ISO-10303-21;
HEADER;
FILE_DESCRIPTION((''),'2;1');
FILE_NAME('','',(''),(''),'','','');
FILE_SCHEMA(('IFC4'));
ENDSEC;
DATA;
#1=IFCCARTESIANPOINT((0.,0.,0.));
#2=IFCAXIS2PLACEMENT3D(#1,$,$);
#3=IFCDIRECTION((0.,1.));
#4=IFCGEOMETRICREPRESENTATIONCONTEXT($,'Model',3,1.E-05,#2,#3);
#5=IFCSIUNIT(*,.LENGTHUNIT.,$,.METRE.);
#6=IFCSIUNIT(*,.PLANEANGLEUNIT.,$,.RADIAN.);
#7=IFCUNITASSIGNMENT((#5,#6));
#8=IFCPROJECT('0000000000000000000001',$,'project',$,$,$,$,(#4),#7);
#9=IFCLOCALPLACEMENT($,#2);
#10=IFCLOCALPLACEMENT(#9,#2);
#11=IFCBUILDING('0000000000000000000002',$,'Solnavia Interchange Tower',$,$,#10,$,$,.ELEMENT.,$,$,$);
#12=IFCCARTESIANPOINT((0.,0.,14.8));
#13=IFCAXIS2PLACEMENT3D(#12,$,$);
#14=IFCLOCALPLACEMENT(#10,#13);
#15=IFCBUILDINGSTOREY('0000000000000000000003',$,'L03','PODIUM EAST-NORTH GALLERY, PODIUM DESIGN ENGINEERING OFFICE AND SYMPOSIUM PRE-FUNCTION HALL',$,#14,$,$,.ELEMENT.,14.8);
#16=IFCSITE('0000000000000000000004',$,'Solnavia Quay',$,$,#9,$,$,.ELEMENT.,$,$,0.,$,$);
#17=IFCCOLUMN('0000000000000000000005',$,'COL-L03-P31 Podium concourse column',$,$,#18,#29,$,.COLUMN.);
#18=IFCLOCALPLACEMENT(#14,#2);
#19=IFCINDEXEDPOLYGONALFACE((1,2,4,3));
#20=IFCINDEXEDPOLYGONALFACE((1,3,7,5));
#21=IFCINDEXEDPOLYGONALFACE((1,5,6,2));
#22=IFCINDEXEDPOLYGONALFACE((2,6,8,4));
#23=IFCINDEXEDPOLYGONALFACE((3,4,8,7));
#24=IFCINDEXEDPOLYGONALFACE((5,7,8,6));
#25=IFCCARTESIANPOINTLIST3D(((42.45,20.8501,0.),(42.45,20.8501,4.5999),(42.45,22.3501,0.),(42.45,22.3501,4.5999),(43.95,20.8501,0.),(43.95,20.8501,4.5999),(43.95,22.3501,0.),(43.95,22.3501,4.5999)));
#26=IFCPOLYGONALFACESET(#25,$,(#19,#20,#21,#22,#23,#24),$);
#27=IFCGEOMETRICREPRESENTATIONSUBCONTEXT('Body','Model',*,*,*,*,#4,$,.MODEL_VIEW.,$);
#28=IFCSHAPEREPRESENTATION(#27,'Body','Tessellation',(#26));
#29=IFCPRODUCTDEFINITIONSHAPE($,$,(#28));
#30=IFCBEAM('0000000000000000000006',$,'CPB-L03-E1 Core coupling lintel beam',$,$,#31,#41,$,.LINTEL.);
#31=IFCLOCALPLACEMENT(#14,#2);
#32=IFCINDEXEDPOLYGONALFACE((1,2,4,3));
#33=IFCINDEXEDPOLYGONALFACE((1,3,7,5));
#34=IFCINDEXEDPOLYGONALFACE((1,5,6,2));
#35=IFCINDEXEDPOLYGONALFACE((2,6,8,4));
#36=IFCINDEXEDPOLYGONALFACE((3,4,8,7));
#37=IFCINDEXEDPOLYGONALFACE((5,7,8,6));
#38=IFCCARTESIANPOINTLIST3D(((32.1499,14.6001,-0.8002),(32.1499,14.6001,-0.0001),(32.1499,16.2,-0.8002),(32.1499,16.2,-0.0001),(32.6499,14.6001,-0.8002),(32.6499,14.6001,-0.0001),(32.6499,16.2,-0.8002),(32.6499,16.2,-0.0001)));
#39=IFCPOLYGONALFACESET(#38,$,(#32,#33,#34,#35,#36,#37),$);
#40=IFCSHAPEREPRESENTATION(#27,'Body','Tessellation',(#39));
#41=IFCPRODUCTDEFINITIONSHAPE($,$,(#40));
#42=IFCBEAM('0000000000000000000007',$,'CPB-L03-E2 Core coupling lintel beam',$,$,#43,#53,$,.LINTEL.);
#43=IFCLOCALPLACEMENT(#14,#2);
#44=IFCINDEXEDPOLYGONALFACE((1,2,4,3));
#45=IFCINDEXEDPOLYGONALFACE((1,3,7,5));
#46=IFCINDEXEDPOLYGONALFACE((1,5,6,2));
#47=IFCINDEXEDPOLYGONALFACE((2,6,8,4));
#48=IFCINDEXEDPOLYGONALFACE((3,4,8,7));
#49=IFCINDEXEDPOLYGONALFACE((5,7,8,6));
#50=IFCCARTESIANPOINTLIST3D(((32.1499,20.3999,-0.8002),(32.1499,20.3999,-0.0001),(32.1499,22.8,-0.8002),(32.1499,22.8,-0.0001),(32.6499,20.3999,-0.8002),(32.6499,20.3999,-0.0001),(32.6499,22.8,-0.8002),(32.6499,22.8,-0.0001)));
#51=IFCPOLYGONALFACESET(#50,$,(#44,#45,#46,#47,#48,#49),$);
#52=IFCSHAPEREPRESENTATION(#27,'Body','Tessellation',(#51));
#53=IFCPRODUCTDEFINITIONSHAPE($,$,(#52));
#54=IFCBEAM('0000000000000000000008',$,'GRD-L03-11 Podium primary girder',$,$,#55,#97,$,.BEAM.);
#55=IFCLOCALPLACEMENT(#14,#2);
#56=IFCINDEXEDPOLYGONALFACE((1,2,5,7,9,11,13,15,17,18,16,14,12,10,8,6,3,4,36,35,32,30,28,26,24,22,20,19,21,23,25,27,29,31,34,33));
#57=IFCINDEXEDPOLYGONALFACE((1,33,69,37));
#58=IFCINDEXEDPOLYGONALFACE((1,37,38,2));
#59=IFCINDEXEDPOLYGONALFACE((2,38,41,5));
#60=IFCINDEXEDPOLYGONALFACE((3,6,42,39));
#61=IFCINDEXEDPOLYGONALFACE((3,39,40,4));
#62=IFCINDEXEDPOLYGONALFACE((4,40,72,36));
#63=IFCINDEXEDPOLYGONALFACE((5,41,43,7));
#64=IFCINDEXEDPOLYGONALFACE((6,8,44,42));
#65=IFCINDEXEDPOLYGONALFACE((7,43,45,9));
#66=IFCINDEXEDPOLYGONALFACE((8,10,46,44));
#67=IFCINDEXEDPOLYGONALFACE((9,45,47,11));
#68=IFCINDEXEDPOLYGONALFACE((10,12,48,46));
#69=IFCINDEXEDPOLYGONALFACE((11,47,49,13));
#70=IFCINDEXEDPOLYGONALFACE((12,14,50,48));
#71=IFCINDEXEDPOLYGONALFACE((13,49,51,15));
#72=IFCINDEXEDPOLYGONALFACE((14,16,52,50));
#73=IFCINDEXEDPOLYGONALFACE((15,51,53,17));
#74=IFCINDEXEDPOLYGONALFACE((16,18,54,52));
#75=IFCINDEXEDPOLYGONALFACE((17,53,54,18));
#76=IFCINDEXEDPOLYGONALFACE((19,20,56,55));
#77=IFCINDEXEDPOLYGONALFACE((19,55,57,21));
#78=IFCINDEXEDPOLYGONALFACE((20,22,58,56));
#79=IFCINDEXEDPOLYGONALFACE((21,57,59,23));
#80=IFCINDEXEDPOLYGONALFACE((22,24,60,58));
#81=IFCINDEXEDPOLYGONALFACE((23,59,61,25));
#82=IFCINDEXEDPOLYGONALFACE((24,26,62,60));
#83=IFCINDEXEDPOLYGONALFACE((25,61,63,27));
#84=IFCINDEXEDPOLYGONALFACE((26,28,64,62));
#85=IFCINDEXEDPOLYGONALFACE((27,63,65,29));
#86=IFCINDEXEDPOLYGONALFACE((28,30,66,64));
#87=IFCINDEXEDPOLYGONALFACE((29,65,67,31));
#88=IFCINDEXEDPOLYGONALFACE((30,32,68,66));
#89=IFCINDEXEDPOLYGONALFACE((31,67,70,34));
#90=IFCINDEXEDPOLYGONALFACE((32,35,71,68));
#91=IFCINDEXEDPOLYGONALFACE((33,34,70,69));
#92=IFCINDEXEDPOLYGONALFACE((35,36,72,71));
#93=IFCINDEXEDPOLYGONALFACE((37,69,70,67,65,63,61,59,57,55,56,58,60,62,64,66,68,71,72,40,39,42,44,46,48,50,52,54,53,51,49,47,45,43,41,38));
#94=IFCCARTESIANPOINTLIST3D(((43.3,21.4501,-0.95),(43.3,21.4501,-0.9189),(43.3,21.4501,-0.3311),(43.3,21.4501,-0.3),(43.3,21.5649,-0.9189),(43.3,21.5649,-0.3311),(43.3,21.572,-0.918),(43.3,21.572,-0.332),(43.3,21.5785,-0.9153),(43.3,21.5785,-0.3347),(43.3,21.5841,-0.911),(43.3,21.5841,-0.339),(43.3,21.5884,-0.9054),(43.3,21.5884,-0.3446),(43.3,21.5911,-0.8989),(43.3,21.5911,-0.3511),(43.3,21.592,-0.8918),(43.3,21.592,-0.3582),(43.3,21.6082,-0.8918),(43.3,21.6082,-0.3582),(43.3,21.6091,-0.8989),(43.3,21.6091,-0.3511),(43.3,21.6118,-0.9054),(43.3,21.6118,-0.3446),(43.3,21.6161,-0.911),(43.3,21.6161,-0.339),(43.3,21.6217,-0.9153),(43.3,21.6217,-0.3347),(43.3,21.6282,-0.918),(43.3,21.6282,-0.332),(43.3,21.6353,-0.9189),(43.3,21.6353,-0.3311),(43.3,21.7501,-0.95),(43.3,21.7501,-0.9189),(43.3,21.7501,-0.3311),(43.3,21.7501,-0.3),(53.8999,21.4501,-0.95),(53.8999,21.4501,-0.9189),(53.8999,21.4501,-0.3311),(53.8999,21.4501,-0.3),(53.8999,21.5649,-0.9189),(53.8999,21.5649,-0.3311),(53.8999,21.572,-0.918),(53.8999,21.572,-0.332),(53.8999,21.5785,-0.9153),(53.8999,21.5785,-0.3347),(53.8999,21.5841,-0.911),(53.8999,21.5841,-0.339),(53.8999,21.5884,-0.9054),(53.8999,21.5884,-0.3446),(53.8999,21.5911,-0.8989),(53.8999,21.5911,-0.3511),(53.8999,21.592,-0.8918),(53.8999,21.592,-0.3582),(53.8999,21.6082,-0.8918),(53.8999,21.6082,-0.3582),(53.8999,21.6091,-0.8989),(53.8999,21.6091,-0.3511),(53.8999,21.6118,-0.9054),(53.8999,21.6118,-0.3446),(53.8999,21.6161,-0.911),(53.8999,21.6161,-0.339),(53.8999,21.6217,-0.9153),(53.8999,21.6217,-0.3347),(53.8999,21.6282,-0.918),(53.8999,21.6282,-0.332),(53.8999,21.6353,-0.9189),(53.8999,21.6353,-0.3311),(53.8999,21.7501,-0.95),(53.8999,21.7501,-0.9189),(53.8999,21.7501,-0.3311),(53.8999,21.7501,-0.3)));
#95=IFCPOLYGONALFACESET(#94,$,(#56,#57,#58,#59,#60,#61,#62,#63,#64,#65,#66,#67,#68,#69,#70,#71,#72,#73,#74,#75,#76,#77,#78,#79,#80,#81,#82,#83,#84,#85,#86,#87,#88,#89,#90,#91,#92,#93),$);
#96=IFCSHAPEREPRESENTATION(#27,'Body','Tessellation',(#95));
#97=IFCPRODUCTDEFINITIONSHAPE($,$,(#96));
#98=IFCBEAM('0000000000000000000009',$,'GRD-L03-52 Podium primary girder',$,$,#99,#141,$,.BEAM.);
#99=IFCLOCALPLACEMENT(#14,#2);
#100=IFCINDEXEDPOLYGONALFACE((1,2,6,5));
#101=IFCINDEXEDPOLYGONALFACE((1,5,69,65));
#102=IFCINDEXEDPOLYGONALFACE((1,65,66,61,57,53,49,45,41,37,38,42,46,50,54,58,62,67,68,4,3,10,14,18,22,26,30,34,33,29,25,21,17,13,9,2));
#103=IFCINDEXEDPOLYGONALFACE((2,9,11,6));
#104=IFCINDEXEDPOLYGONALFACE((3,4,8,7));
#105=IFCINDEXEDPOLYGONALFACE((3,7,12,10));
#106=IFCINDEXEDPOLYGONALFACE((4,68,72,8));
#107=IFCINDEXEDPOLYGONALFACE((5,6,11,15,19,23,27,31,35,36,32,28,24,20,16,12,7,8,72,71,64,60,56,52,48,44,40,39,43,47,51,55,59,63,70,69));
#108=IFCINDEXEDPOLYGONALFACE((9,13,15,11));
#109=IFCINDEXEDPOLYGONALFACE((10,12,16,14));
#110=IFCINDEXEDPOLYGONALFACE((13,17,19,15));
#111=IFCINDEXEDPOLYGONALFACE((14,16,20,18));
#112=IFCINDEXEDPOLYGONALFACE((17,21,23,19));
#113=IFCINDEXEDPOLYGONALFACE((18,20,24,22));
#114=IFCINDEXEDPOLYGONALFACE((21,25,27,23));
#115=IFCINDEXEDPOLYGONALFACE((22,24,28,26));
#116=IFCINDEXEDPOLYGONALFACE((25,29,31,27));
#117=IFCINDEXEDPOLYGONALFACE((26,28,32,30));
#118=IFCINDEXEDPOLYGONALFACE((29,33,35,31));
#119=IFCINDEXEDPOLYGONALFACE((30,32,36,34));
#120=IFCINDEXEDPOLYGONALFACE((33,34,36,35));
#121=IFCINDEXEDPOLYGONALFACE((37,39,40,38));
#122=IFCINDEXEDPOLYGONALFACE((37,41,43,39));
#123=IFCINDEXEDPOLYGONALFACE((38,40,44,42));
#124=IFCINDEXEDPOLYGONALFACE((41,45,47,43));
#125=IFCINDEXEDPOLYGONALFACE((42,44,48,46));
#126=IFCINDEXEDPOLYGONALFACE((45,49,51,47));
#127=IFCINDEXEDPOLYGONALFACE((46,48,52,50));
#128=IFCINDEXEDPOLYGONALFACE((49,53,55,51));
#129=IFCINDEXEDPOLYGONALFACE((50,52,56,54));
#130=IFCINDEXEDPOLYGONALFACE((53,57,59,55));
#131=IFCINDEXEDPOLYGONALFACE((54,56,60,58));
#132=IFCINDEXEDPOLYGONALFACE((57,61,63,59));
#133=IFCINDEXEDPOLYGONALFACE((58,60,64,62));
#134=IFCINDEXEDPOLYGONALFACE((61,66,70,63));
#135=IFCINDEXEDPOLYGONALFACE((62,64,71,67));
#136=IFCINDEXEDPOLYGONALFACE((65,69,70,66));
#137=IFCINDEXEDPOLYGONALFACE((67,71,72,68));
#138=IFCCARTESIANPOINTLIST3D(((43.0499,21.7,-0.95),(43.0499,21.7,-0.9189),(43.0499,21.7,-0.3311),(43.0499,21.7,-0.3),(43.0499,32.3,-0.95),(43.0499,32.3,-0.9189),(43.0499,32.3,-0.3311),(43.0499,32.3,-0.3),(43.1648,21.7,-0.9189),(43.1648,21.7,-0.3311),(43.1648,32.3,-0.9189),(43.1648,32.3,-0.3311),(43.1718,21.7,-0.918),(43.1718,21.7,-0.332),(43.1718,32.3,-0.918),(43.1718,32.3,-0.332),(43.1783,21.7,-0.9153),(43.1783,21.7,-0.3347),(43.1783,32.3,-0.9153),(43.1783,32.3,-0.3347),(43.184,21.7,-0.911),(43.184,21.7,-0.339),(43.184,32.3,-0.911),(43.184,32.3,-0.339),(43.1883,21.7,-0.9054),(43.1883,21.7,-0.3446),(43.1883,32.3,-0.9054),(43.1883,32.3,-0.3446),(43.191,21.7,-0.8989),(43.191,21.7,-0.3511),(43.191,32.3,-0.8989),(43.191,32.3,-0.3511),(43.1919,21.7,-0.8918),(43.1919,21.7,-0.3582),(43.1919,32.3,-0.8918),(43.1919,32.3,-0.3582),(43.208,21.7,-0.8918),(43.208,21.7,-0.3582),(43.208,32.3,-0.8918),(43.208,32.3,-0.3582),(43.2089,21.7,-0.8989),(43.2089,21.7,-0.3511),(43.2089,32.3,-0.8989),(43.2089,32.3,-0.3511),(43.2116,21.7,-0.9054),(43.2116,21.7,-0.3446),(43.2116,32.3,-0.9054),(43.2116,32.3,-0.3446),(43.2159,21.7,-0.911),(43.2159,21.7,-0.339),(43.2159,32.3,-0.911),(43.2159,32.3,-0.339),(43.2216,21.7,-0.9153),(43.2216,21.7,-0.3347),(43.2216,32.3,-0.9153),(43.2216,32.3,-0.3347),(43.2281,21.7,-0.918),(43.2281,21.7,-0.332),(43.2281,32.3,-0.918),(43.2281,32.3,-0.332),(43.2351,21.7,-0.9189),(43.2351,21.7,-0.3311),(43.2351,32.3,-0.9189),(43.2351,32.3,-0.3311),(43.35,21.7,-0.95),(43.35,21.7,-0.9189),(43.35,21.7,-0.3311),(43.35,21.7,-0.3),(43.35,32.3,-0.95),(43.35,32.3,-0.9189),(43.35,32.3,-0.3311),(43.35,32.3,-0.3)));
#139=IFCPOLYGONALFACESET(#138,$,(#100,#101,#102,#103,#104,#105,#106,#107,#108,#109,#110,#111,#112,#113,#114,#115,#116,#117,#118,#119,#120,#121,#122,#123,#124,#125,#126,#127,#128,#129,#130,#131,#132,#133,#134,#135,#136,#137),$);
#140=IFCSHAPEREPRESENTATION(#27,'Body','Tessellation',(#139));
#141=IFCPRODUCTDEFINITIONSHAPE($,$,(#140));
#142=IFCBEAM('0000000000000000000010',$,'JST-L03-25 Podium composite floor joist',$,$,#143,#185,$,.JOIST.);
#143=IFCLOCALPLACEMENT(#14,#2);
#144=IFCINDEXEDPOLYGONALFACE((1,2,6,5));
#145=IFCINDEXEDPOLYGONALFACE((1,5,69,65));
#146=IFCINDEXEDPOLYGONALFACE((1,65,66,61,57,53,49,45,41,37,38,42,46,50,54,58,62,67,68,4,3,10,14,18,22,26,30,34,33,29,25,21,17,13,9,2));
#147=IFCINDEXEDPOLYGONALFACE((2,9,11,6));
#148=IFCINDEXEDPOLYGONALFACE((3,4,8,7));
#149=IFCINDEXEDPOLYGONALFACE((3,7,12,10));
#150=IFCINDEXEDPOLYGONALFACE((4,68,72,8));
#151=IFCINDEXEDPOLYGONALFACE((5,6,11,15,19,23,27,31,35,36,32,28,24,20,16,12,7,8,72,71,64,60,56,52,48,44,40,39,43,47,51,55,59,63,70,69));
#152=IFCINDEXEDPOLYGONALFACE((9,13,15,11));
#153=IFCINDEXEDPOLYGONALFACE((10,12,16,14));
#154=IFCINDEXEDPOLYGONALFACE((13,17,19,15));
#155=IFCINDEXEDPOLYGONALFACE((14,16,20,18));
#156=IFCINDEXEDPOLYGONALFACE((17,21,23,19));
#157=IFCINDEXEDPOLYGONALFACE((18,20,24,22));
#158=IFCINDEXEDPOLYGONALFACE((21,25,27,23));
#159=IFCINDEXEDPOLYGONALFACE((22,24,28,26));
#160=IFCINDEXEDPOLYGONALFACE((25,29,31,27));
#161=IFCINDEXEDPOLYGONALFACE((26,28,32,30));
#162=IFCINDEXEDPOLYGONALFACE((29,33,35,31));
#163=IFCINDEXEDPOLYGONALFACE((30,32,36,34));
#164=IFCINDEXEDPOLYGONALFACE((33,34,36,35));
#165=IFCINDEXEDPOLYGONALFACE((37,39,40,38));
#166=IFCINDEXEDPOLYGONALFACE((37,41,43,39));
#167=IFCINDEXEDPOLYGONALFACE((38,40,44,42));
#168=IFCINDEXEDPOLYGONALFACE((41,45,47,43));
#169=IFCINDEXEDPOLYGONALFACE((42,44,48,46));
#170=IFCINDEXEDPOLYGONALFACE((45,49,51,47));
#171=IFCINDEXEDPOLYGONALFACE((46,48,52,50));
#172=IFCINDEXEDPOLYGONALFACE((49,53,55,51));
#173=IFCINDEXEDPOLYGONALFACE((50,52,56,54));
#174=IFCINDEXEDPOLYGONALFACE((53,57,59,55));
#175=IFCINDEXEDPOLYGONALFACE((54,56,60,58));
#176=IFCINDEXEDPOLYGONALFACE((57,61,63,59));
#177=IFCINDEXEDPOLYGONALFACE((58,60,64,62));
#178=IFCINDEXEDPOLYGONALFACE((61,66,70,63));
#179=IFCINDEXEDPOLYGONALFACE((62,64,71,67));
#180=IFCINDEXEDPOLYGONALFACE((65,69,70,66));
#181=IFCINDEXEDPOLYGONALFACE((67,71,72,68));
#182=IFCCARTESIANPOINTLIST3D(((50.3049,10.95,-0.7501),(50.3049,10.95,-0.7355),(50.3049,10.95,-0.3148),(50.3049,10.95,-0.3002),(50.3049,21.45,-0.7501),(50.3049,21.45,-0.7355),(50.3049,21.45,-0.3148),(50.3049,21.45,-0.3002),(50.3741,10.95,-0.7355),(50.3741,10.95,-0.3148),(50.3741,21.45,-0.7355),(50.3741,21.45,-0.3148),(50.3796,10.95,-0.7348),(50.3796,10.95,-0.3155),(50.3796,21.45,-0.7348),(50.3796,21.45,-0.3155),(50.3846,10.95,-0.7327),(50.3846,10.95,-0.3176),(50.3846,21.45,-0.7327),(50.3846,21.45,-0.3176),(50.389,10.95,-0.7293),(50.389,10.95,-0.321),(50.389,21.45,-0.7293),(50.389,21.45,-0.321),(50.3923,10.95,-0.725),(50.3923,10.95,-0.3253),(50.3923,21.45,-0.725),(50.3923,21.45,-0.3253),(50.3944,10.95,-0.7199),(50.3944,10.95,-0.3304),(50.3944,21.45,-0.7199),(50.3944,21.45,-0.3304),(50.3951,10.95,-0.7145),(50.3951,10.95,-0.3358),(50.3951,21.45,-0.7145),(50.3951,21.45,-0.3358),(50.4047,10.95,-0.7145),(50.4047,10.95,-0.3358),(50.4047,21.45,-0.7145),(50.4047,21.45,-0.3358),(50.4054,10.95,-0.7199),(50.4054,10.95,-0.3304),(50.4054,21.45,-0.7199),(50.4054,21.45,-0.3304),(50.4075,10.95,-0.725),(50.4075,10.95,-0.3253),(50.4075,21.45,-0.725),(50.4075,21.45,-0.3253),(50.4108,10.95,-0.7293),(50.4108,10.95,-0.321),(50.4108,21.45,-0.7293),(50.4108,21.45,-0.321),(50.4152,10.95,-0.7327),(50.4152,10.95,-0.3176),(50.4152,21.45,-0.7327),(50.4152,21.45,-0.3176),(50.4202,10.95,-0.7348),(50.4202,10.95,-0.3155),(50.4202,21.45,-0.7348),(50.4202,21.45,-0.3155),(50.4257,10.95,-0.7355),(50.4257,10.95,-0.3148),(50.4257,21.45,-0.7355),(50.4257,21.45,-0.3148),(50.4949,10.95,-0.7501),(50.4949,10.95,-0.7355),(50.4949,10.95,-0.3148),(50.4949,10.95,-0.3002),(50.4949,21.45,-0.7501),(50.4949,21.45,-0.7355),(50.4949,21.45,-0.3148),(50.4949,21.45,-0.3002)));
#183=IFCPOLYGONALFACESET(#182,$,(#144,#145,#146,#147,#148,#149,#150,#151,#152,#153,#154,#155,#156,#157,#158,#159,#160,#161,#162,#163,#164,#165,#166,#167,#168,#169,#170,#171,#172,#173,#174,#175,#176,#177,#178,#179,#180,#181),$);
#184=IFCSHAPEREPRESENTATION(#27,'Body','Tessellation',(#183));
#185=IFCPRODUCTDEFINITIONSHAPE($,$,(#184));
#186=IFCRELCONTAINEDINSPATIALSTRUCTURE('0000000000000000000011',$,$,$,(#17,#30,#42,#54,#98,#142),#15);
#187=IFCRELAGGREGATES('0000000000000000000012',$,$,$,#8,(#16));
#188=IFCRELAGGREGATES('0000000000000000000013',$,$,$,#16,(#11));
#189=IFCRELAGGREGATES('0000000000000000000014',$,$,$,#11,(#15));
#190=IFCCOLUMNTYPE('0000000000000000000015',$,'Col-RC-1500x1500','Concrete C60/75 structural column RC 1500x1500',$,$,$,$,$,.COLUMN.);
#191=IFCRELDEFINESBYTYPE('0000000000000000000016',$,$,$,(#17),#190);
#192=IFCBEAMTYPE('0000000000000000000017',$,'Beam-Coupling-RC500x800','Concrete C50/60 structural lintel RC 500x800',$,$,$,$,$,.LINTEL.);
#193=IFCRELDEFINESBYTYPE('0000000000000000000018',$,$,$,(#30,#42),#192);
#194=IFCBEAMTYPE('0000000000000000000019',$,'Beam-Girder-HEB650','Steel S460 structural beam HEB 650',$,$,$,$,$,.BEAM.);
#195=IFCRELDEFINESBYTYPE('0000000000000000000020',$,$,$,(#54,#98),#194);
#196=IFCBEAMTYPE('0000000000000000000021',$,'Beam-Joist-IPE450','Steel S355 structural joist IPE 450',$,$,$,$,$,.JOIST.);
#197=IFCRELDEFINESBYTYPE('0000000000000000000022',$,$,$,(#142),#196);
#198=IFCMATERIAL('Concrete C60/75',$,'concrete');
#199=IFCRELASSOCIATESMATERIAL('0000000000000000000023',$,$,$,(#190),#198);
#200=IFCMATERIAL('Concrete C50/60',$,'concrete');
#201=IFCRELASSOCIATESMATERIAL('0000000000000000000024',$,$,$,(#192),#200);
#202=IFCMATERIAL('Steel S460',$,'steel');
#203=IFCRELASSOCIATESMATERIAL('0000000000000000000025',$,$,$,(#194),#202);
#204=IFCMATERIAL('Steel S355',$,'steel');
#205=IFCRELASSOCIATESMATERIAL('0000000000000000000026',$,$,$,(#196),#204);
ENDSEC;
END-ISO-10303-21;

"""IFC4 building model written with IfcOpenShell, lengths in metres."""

from ifc_helpers import new_model, si_unit, direction, frame, origin, origin_2d, place, context, subcontext, project, spatial, rectangle, i_section, extrude, material, material_profile, profile_set, type_object, element, save


model = new_model("IFC4")

# Units and contexts
model_context = context("Model", 3, precision=1e-05, world=origin(), true_north=direction((0.0, 1.0)))
body_context = subcontext(model_context, "Body", "Model", "MODEL_VIEW")
ifc_project = project(units=[si_unit("LENGTHUNIT", "METRE"), si_unit("PLANEANGLEUNIT", "RADIAN")], contexts=[model_context])

# Site, building, storey
site_placement = place(None, origin())
site = spatial("IfcSite", under=ifc_project, at=site_placement, Name="Solnavia Quay", CompositionType="ELEMENT", RefElevation=0.0)
building_placement = place(site_placement, origin())
building = spatial("IfcBuilding", under=site, at=building_placement, Name="Solnavia Interchange Tower", CompositionType="ELEMENT")
storey_placement = place(building_placement, frame((0.0, 0.0, 14.8)))
storey = spatial("IfcBuildingStorey", under=building, at=storey_placement, Name="L03", Description="PODIUM EAST-NORTH GALLERY, PODIUM DESIGN ENGINEERING OFFICE AND SYMPOSIUM PRE-FUNCTION HALL", CompositionType="ELEMENT", Elevation=14.8)

# Column
ifc_material_1 = material(Name="Concrete C60/75", Category="concrete")
ifc_material_profile_1 = material_profile(ifc_material_1, rectangle(XDim=1.5, YDim=1.5, at=origin_2d()), Name="RC 1500x1500")
ifc_profile_set_1 = profile_set([ifc_material_profile_1], Name="Concrete C60/75")
column_type = type_object("IfcColumnType", Name="Col-RC-1500x1500", Description="Concrete C60/75 structural column RC 1500x1500", PredefinedType="COLUMN", material=ifc_profile_set_1)
column_placement = place(storey_placement, frame((43.2, 21.6001, 0.0), z_axis=(0.0, 0.0, 1.0), x_axis=(1.0, 0.0, 0.0)))
element("IfcColumn", 1, at=column_placement, inside=storey, type_object=column_type, Name="COL-L03-P31 Podium concourse column", PredefinedType="COLUMN", context=body_context, shape_type="SweptSolid", body=[
    extrude(rectangle(XDim=1.5, YDim=1.5, at=origin_2d()), origin(), (0.0, 0.0, 1.0), 4.5999),
])

# Beams
ifc_material_2 = material(Name="Concrete C50/60", Category="concrete")
ifc_material_profile_2 = material_profile(ifc_material_2, rectangle(XDim=0.5, YDim=0.8, at=origin_2d()), Name="RC 500x800")
ifc_profile_set_2 = profile_set([ifc_material_profile_2], Name="Concrete C50/60")
beam_type_1 = type_object("IfcBeamType", Name="Beam-Coupling-RC500x800", Description="Concrete C50/60 structural lintel RC 500x800", PredefinedType="LINTEL", material=ifc_profile_set_2)
beam_1_placement = place(storey_placement, frame((32.3999, 14.6001, -0.4001), z_axis=(0.0, 1.0, 0.0), x_axis=(-1.0, 0.0, 0.0)))
element("IfcBeam", 2, at=beam_1_placement, inside=storey, type_object=beam_type_1, Name="CPB-L03-E1 Core coupling lintel beam", PredefinedType="LINTEL", context=body_context, shape_type="SweptSolid", body=[
    extrude(rectangle(XDim=0.5, YDim=0.8, at=origin_2d()), origin(), (0.0, 0.0, 1.0), 1.5999),
])
beam_2_placement = place(storey_placement, frame((32.3999, 20.3999, -0.4001), z_axis=(0.0, 1.0, 0.0), x_axis=(-1.0, 0.0, 0.0)))
element("IfcBeam", 3, at=beam_2_placement, inside=storey, type_object=beam_type_1, Name="CPB-L03-E2 Core coupling lintel beam", PredefinedType="LINTEL", context=body_context, shape_type="SweptSolid", body=[
    extrude(rectangle(XDim=0.5, YDim=0.8, at=origin_2d()), origin(), (0.0, 0.0, 1.0), 2.4001),
])
ifc_material_3 = material(Name="Steel S460", Category="steel")
ifc_material_profile_3 = material_profile(ifc_material_3, i_section(OverallWidth=0.3, OverallDepth=0.6499, WebThickness=0.0161, FlangeThickness=0.031, FilletRadius=0.0271, at=origin_2d()), Name="HEB 650")
ifc_profile_set_3 = profile_set([ifc_material_profile_3], Name="Steel S460")
beam_type_2 = type_object("IfcBeamType", Name="Beam-Girder-HEB650", Description="Steel S460 structural beam HEB 650", PredefinedType="BEAM", material=ifc_profile_set_3)
beam_3_placement = place(storey_placement, frame((43.3, 21.6001, -0.625), z_axis=(1.0, 0.0, 0.0), x_axis=(0.0, 1.0, 0.0)))
element("IfcBeam", 4, at=beam_3_placement, inside=storey, type_object=beam_type_2, Name="GRD-L03-11 Podium primary girder", PredefinedType="BEAM", context=body_context, shape_type="SweptSolid", body=[
    extrude(i_section(OverallWidth=0.3, OverallDepth=0.6499, WebThickness=0.0161, FlangeThickness=0.031, FilletRadius=0.0271, at=origin_2d()), origin(), (0.0, 0.0, 1.0), 10.5999),
])
beam_4_placement = place(storey_placement, frame((43.2, 21.7, -0.625), z_axis=(0.0, 1.0, 0.0), x_axis=(-1.0, 0.0, 0.0)))
element("IfcBeam", 5, at=beam_4_placement, inside=storey, type_object=beam_type_2, Name="GRD-L03-52 Podium primary girder", PredefinedType="BEAM", context=body_context, shape_type="SweptSolid", body=[
    extrude(i_section(OverallWidth=0.3, OverallDepth=0.6499, WebThickness=0.0161, FlangeThickness=0.031, FilletRadius=0.0271, at=origin_2d()), origin(), (0.0, 0.0, 1.0), 10.6001),
])
ifc_material_4 = material(Name="Steel S355", Category="steel")
ifc_material_profile_4 = material_profile(ifc_material_4, i_section(OverallWidth=0.1899, OverallDepth=0.45, WebThickness=0.0095, FlangeThickness=0.0146, FilletRadius=0.021, at=origin_2d()), Name="IPE 450")
ifc_profile_set_4 = profile_set([ifc_material_profile_4], Name="Steel S355")
beam_type_3 = type_object("IfcBeamType", Name="Beam-Joist-IPE450", Description="Steel S355 structural joist IPE 450", PredefinedType="JOIST", material=ifc_profile_set_4)
beam_5_placement = place(storey_placement, frame((50.3999, 10.95, -0.5251), z_axis=(0.0, 1.0, 0.0), x_axis=(-1.0, 0.0, 0.0)))
element("IfcBeam", 6, at=beam_5_placement, inside=storey, type_object=beam_type_3, Name="JST-L03-25 Podium composite floor joist", PredefinedType="JOIST", context=body_context, shape_type="SweptSolid", body=[
    extrude(i_section(OverallWidth=0.1899, OverallDepth=0.45, WebThickness=0.0095, FlangeThickness=0.0146, FilletRadius=0.021, at=origin_2d()), origin(), (0.0, 0.0, 1.0), 10.5),
])

save(model, "model.ifc")
